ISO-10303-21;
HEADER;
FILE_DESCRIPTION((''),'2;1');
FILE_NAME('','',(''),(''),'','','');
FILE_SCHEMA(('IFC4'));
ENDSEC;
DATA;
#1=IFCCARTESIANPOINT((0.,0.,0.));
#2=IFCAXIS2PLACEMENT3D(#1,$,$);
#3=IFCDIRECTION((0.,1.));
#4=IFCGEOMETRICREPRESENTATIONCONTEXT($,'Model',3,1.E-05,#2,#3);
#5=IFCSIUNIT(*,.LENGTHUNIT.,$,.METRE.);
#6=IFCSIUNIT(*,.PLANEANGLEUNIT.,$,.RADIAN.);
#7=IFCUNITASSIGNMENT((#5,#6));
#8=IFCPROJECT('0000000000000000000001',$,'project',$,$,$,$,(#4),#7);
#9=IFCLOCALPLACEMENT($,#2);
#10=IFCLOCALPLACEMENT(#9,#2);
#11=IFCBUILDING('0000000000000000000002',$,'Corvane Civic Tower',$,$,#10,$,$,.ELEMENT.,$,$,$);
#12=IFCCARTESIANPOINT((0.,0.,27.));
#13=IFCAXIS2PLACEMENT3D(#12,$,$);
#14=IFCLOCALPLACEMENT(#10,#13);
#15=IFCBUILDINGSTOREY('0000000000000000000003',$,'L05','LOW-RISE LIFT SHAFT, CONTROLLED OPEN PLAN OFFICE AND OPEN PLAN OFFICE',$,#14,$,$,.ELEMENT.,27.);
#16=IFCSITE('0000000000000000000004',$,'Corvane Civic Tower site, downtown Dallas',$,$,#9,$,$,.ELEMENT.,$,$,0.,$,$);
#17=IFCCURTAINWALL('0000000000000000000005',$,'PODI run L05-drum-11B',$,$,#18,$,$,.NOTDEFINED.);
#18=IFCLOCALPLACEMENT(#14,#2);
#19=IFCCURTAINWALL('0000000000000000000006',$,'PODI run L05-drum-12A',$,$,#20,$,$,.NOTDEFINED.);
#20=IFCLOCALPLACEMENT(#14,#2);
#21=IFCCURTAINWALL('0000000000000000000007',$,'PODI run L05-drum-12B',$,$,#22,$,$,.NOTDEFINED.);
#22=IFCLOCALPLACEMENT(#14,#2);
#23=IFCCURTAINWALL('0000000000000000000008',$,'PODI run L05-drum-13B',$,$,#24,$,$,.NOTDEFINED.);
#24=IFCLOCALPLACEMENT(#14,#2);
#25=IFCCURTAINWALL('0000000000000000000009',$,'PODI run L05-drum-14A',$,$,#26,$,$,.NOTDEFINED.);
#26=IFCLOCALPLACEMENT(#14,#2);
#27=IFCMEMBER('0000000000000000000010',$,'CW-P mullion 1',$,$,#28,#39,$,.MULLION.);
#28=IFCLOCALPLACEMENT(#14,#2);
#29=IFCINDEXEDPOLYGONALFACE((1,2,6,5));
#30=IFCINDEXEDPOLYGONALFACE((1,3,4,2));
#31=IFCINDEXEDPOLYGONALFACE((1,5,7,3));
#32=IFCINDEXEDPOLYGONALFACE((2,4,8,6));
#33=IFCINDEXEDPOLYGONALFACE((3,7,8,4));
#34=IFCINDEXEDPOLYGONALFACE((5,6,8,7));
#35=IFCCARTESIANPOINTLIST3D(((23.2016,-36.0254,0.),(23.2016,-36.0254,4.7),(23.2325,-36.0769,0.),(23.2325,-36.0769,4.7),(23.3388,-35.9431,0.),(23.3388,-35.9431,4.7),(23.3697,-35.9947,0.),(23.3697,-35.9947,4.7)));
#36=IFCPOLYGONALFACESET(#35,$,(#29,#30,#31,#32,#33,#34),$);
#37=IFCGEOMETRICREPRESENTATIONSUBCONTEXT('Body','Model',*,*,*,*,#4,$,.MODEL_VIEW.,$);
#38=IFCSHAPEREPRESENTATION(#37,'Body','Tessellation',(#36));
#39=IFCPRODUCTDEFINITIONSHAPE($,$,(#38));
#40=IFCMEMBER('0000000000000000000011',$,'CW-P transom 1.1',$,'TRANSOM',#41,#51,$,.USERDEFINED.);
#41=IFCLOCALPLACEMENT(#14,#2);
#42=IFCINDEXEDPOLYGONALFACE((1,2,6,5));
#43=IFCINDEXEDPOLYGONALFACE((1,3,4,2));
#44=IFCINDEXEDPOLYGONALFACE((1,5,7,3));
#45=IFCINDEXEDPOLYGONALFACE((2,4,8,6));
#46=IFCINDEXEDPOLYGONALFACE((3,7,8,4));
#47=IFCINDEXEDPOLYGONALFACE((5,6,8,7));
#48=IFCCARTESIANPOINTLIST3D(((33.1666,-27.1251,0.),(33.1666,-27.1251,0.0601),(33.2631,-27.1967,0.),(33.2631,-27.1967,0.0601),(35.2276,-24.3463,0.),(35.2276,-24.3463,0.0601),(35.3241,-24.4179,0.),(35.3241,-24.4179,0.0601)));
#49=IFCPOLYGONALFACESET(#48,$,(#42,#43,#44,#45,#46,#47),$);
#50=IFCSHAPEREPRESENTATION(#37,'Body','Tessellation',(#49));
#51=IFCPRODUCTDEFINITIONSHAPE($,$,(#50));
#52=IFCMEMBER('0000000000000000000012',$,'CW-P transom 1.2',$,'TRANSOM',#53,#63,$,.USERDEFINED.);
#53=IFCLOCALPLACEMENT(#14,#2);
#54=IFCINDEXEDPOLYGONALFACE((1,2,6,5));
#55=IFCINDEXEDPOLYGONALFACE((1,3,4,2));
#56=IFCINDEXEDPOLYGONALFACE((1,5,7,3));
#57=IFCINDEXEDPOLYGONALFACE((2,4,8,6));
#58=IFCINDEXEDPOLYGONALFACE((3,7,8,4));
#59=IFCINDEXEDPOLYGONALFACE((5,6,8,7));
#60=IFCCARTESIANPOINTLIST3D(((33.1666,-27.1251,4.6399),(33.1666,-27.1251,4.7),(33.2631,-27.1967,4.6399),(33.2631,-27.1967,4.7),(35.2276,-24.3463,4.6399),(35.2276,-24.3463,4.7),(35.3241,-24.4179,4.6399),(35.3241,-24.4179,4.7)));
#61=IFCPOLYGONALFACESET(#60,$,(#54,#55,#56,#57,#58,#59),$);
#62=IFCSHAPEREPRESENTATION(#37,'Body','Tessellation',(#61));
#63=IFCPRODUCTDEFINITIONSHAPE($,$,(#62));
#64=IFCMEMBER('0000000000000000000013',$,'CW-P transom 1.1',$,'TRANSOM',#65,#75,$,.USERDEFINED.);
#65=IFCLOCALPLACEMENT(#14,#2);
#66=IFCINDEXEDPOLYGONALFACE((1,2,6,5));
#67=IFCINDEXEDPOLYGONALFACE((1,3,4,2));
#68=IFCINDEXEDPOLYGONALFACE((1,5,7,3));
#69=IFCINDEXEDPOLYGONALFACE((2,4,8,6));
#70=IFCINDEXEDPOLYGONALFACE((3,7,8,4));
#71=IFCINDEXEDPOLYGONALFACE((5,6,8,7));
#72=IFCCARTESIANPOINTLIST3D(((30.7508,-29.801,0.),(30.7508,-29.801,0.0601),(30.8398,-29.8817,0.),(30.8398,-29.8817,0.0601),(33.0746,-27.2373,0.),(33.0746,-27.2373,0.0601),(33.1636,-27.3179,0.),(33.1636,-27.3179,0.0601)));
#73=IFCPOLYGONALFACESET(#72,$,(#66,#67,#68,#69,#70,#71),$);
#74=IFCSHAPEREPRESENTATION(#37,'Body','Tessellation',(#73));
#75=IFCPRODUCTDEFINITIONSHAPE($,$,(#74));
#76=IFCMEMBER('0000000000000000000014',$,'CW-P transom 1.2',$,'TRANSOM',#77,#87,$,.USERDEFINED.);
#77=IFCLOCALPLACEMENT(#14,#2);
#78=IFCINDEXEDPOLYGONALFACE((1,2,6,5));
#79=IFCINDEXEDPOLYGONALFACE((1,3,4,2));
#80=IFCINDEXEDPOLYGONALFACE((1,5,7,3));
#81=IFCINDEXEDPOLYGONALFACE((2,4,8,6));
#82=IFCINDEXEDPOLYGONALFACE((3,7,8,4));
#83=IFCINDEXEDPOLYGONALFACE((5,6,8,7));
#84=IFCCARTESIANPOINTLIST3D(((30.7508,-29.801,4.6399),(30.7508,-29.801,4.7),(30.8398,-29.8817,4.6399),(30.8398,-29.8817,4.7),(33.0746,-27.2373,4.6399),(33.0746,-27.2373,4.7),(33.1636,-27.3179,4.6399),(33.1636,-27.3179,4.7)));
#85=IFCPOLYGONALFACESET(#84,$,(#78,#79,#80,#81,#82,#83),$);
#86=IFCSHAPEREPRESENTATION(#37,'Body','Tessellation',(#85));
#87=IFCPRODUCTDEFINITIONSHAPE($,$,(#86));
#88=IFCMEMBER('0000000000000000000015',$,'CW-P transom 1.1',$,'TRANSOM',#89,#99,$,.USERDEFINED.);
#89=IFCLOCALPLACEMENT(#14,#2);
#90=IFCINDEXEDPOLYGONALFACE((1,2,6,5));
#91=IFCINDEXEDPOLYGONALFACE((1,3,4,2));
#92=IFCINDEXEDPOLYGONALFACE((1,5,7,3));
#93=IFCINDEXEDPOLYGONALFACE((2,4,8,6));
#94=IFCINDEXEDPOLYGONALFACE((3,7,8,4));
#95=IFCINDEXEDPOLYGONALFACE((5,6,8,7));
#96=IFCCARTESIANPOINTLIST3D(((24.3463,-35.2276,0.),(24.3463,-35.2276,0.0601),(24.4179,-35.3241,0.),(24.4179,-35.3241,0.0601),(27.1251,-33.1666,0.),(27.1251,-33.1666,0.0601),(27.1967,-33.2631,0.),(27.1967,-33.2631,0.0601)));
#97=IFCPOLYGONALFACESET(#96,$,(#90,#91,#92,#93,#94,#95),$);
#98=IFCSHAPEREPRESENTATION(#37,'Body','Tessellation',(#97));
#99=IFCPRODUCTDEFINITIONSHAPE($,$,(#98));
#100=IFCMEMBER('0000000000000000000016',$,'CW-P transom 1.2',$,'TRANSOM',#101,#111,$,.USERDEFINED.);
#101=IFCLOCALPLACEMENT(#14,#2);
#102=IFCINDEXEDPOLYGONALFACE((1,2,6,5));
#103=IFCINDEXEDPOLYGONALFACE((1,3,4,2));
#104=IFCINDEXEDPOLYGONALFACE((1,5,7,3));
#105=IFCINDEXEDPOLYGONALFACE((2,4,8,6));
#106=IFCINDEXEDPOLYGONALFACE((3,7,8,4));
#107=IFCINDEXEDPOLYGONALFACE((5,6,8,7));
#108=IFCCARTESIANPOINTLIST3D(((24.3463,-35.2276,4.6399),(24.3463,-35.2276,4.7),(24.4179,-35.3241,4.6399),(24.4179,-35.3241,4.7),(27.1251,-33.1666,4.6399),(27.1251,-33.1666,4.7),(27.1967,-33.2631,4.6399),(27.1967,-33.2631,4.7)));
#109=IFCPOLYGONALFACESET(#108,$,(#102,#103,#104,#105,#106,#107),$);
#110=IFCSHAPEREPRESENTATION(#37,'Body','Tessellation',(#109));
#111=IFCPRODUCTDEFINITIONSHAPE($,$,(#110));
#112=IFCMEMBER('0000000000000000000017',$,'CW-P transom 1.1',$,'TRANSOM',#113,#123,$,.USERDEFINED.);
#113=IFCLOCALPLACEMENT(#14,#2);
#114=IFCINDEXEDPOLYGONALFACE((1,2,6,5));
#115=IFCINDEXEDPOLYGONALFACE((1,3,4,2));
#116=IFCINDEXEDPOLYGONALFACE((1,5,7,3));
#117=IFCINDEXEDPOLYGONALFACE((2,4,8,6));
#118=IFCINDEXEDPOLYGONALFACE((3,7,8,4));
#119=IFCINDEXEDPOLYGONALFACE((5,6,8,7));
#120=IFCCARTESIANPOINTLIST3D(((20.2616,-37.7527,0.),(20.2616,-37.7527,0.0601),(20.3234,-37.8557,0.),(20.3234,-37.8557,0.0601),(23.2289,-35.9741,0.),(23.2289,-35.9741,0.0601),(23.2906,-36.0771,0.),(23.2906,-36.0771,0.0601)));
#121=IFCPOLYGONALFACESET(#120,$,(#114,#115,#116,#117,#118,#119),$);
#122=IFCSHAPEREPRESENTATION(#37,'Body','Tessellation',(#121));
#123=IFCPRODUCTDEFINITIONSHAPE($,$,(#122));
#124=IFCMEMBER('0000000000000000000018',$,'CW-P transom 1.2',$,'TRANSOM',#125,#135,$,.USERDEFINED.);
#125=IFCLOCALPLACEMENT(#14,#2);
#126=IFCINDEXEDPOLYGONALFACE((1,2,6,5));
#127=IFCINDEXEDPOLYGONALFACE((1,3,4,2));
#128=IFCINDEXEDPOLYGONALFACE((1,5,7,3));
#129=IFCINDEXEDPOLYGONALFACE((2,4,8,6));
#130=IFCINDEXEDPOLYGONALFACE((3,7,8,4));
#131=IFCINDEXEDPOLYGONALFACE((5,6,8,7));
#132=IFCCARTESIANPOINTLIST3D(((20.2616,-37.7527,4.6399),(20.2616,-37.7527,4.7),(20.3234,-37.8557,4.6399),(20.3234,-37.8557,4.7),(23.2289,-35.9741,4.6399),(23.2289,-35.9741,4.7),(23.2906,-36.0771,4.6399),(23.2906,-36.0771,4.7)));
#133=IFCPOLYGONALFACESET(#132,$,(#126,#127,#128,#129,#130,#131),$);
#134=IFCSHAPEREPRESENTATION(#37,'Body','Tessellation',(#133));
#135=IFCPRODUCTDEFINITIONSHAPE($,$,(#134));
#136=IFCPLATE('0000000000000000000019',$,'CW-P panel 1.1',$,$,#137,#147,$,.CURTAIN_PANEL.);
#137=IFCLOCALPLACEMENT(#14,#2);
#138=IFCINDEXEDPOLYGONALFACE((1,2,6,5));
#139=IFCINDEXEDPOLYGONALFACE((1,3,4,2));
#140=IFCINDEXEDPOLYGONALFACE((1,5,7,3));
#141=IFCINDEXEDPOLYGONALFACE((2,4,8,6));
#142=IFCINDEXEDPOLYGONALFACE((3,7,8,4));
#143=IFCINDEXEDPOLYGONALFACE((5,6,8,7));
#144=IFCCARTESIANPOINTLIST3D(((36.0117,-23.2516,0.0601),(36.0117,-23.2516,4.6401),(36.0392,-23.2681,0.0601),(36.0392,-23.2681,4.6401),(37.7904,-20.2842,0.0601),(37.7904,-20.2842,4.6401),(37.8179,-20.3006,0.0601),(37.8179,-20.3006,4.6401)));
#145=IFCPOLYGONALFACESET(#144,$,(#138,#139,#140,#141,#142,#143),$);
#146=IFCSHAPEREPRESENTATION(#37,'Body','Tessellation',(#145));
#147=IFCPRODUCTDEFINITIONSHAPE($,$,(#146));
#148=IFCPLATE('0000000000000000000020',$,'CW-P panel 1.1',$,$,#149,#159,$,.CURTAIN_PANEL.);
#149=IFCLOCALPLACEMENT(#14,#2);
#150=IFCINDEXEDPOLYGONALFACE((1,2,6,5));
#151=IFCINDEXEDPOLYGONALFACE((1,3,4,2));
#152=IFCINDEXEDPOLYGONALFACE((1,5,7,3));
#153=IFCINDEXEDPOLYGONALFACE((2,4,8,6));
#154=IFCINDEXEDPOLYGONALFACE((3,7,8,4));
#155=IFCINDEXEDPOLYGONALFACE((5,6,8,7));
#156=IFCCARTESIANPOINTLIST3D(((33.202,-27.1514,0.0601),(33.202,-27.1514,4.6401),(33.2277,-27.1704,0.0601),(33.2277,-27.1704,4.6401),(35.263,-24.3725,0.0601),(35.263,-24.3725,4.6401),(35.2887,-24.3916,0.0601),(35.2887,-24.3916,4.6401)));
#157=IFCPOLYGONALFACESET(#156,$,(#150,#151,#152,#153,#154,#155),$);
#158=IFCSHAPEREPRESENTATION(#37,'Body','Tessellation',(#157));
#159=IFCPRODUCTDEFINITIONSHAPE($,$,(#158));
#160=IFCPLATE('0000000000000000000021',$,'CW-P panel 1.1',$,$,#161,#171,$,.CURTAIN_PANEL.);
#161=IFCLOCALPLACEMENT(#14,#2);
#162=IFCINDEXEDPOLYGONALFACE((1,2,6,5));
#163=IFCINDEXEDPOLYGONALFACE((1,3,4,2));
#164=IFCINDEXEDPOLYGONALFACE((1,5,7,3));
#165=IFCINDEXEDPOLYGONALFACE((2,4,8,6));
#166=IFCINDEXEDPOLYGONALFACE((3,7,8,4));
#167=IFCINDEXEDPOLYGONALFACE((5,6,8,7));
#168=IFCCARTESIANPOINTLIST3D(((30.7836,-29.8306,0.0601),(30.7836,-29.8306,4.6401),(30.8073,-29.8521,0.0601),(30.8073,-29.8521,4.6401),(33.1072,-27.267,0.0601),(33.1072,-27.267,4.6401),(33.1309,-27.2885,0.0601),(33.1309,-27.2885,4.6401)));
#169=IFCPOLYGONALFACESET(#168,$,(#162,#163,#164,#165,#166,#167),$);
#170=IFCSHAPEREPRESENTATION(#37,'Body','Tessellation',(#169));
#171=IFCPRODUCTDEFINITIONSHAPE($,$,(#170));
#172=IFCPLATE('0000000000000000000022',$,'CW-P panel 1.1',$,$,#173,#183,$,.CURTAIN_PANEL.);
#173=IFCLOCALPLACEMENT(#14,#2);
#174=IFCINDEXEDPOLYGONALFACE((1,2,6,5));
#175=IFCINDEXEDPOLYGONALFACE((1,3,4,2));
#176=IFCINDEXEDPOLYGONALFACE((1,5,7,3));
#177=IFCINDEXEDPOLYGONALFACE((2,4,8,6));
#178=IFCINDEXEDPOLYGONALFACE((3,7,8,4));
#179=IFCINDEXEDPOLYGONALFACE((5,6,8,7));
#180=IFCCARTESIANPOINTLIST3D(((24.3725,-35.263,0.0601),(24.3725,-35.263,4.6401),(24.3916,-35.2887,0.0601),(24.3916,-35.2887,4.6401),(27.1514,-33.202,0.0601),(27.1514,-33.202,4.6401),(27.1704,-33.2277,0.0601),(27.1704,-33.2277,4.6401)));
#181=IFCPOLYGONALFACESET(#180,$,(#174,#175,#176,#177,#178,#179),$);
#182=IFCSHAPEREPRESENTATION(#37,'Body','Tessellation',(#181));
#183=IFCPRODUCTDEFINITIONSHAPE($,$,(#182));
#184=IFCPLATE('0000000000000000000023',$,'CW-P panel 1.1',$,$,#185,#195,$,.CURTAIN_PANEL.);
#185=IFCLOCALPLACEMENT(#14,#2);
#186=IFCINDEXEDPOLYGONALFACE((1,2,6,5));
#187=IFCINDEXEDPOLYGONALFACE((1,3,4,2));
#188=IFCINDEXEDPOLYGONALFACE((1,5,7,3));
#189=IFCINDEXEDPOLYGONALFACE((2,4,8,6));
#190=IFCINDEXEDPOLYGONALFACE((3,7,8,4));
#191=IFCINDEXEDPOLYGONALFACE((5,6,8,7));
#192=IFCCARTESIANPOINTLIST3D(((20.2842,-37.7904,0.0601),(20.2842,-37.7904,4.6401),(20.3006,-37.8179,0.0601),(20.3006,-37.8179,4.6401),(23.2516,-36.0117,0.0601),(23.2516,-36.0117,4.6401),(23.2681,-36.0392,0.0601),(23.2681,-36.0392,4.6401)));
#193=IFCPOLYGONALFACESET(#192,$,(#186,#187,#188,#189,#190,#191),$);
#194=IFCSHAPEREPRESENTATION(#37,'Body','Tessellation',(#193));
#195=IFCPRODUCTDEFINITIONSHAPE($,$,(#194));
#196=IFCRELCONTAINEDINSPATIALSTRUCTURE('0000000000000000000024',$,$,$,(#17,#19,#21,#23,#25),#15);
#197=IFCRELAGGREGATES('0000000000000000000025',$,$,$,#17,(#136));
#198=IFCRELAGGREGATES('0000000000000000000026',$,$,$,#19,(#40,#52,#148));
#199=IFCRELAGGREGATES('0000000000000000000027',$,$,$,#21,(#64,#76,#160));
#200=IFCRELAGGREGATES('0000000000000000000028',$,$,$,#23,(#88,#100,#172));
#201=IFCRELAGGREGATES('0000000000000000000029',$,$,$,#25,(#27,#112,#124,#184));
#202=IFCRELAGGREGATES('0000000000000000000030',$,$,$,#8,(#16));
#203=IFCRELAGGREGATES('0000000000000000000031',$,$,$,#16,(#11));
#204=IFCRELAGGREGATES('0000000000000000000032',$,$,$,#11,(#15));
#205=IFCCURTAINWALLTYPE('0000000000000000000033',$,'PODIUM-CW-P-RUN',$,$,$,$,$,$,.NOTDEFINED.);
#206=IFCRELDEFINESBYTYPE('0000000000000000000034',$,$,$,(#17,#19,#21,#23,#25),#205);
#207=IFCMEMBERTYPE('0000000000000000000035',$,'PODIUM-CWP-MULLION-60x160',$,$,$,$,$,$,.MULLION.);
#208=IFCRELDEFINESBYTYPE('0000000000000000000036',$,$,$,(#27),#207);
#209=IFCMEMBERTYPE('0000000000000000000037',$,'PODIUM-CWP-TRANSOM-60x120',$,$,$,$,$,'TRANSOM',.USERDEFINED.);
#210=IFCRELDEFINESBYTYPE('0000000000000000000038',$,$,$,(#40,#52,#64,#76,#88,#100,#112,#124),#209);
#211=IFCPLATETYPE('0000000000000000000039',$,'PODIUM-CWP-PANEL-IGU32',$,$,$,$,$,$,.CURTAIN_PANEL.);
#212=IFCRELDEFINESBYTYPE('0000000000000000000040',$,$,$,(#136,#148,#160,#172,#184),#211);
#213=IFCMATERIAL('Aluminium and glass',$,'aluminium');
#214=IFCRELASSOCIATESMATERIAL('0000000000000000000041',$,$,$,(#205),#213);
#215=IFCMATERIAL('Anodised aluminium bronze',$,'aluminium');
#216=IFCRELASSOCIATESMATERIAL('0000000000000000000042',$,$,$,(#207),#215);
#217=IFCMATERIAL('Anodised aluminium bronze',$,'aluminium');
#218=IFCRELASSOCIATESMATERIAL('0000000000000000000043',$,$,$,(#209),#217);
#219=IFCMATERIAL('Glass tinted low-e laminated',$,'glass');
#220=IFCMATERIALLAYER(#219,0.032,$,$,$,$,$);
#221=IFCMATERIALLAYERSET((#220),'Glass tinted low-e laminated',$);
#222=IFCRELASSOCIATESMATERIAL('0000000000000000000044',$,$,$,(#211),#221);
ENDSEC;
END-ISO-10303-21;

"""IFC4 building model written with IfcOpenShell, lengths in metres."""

from ifc_helpers import new_model, si_unit, direction, frame, origin, origin_2d, place, context, subcontext, project, spatial, rectangle, extrude, material, layer, layer_set, material_profile, profile_set, type_object, element, aggregate, save


model = new_model("IFC4")

# Units and contexts
model_context = context("Model", 3, precision=1e-05, world=origin(), true_north=direction((0.0, 1.0)))
body_context = subcontext(model_context, "Body", "Model", "MODEL_VIEW")
ifc_project = project(units=[si_unit("LENGTHUNIT", "METRE"), si_unit("PLANEANGLEUNIT", "RADIAN")], contexts=[model_context])

# Site, building, storey
site_placement = place(None, origin())
site = spatial("IfcSite", under=ifc_project, at=site_placement, Name="Corvane Civic Tower site, downtown Dallas", CompositionType="ELEMENT", RefElevation=0.0)
building_placement = place(site_placement, origin())
building = spatial("IfcBuilding", under=site, at=building_placement, Name="Corvane Civic Tower", CompositionType="ELEMENT")
storey_placement = place(building_placement, frame((0.0, 0.0, 27.0)))
storey = spatial("IfcBuildingStorey", under=building, at=storey_placement, Name="L05", Description="LOW-RISE LIFT SHAFT, CONTROLLED OPEN PLAN OFFICE AND OPEN PLAN OFFICE", CompositionType="ELEMENT", Elevation=27.0)

# Curtain wall
ifc_material_1 = material(Name="Aluminium and glass", Category="aluminium")
curtain_wall_type = type_object("IfcCurtainWallType", Name="PODIUM-CW-P-RUN", PredefinedType="NOTDEFINED", material=ifc_material_1)
curtain_wall_1_placement = place(storey_placement, origin())
curtain_wall_1 = element("IfcCurtainWall", 1, at=curtain_wall_1_placement, inside=storey, type_object=curtain_wall_type, Name="PODI run L05-drum-11B", PredefinedType="NOTDEFINED")
ifc_material_2 = material(Name="Anodised aluminium bronze", Category="aluminium")
ifc_material_profile_1 = material_profile(ifc_material_2, rectangle(XDim=0.0601, YDim=0.1599, at=origin_2d()), Name="AL 60x160")
ifc_profile_set_1 = profile_set([ifc_material_profile_1], Name="Anodised aluminium bronze")
member_type_1 = type_object("IfcMemberType", Name="PODIUM-CWP-MULLION-60x160", PredefinedType="MULLION", material=ifc_profile_set_1)

# Curtain walls
curtain_wall_2_placement = place(storey_placement, origin())
curtain_wall_2 = element("IfcCurtainWall", 2, at=curtain_wall_2_placement, inside=storey, type_object=curtain_wall_type, Name="PODI run L05-drum-12A", PredefinedType="NOTDEFINED")
curtain_wall_3_placement = place(storey_placement, origin())
curtain_wall_3 = element("IfcCurtainWall", 3, at=curtain_wall_3_placement, inside=storey, type_object=curtain_wall_type, Name="PODI run L05-drum-12B", PredefinedType="NOTDEFINED")
curtain_wall_4_placement = place(storey_placement, origin())
curtain_wall_4 = element("IfcCurtainWall", 4, at=curtain_wall_4_placement, inside=storey, type_object=curtain_wall_type, Name="PODI run L05-drum-13B", PredefinedType="NOTDEFINED")

# Curtain wall, member
curtain_wall_5_placement = place(storey_placement, origin())
curtain_wall_5 = element("IfcCurtainWall", 5, at=curtain_wall_5_placement, inside=storey, type_object=curtain_wall_type, Name="PODI run L05-drum-14A", PredefinedType="NOTDEFINED")
member_1_placement = place(storey_placement, frame((23.2856, -36.01, 0.0), z_axis=(0.0, 0.0, 1.0), x_axis=(0.514118, -0.85772, 0.0)))
member_1 = element("IfcMember", 6, at=member_1_placement, type_object=member_type_1, Name="CW-P mullion 1", PredefinedType="MULLION", context=body_context, shape_type="SweptSolid", body=[
    extrude(rectangle(XDim=0.0601, YDim=0.1599, at=origin_2d()), origin(), (0.0, 0.0, 1.0), 4.7),
])

# Members
ifc_material_3 = material(Name="Anodised aluminium bronze", Category="aluminium")
ifc_material_profile_2 = material_profile(ifc_material_3, rectangle(XDim=0.1201, YDim=0.0601, at=origin_2d()), Name="AL 120x60")
ifc_profile_set_2 = profile_set([ifc_material_profile_2], Name="Anodised aluminium bronze")
member_type_2 = type_object("IfcMemberType", Name="PODIUM-CWP-TRANSOM-60x120", ElementType="TRANSOM", PredefinedType="USERDEFINED", material=ifc_profile_set_2)
member_2_placement = place(storey_placement, frame((35.2759, -24.3821, 0.03), z_axis=(-0.595724, -0.80319, 0.0), x_axis=(0.80319, -0.595724, 0.0)))
member_2 = element("IfcMember", 7, at=member_2_placement, type_object=member_type_2, Name="CW-P transom 1.1", ObjectType="TRANSOM", PredefinedType="USERDEFINED", context=body_context, shape_type="SweptSolid", body=[
    extrude(rectangle(XDim=0.1201, YDim=0.0601, at=origin_2d()), origin(), (0.0, 0.0, 1.0), 3.4597),
])
member_3_placement = place(storey_placement, frame((35.2759, -24.3821, 4.6699), z_axis=(-0.595724, -0.80319, 0.0), x_axis=(0.80319, -0.595724, 0.0)))
member_3 = element("IfcMember", 8, at=member_3_placement, type_object=member_type_2, Name="CW-P transom 1.2", ObjectType="TRANSOM", PredefinedType="USERDEFINED", context=body_context, shape_type="SweptSolid", body=[
    extrude(rectangle(XDim=0.1201, YDim=0.0601, at=origin_2d()), origin(), (0.0, 0.0, 1.0), 3.4597),
])
member_4_placement = place(storey_placement, frame((33.1191, -27.2776, 0.03), z_axis=(-0.671576, -0.740935, 0.0), x_axis=(0.740935, -0.671576, 0.0)))
member_4 = element("IfcMember", 9, at=member_4_placement, type_object=member_type_2, Name="CW-P transom 1.1", ObjectType="TRANSOM", PredefinedType="USERDEFINED", context=body_context, shape_type="SweptSolid", body=[
    extrude(rectangle(XDim=0.1201, YDim=0.0601, at=origin_2d()), origin(), (0.0, 0.0, 1.0), 3.4602),
])
member_5_placement = place(storey_placement, frame((33.1191, -27.2776, 4.6699), z_axis=(-0.671576, -0.740935, 0.0), x_axis=(0.740935, -0.671576, 0.0)))
member_5 = element("IfcMember", 10, at=member_5_placement, type_object=member_type_2, Name="CW-P transom 1.2", ObjectType="TRANSOM", PredefinedType="USERDEFINED", context=body_context, shape_type="SweptSolid", body=[
    extrude(rectangle(XDim=0.1201, YDim=0.0601, at=origin_2d()), origin(), (0.0, 0.0, 1.0), 3.4602),
])
member_6_placement = place(storey_placement, frame((27.1609, -33.2148, 0.03), z_axis=(-0.80319, -0.595724, 0.0), x_axis=(0.595724, -0.80319, 0.0)))
member_6 = element("IfcMember", 11, at=member_6_placement, type_object=member_type_2, Name="CW-P transom 1.1", ObjectType="TRANSOM", PredefinedType="USERDEFINED", context=body_context, shape_type="SweptSolid", body=[
    extrude(rectangle(XDim=0.1201, YDim=0.0601, at=origin_2d()), origin(), (0.0, 0.0, 1.0), 3.4597),
])
member_7_placement = place(storey_placement, frame((27.1609, -33.2148, 4.6699), z_axis=(-0.80319, -0.595724, 0.0), x_axis=(0.595724, -0.80319, 0.0)))
member_7 = element("IfcMember", 12, at=member_7_placement, type_object=member_type_2, Name="CW-P transom 1.2", ObjectType="TRANSOM", PredefinedType="USERDEFINED", context=body_context, shape_type="SweptSolid", body=[
    extrude(rectangle(XDim=0.1201, YDim=0.0601, at=origin_2d()), origin(), (0.0, 0.0, 1.0), 3.4597),
])
member_8_placement = place(storey_placement, frame((23.2598, -36.0256, 0.03), z_axis=(-0.857723, -0.514112, 0.0), x_axis=(0.514112, -0.857723, 0.0)))
member_8 = element("IfcMember", 13, at=member_8_placement, type_object=member_type_2, Name="CW-P transom 1.1", ObjectType="TRANSOM", PredefinedType="USERDEFINED", context=body_context, shape_type="SweptSolid", body=[
    extrude(rectangle(XDim=0.1201, YDim=0.0601, at=origin_2d()), origin(), (0.0, 0.0, 1.0), 3.4595),
])
member_9_placement = place(storey_placement, frame((23.2598, -36.0256, 4.6699), z_axis=(-0.857723, -0.514112, 0.0), x_axis=(0.514112, -0.857723, 0.0)))
member_9 = element("IfcMember", 14, at=member_9_placement, type_object=member_type_2, Name="CW-P transom 1.2", ObjectType="TRANSOM", PredefinedType="USERDEFINED", context=body_context, shape_type="SweptSolid", body=[
    extrude(rectangle(XDim=0.1201, YDim=0.0601, at=origin_2d()), origin(), (0.0, 0.0, 1.0), 3.4595),
])

# Plates
ifc_material_4 = material(Name="Glass tinted low-e laminated", Category="glass")
ifc_layer_1 = layer(ifc_material_4, 0.032)
ifc_layer_set_1 = layer_set([ifc_layer_1], Name="Glass tinted low-e laminated")
plate_type = type_object("IfcPlateType", Name="PODIUM-CWP-PANEL-IGU32", PredefinedType="CURTAIN_PANEL", material=ifc_layer_set_1)
plate_1_placement = place(storey_placement, frame((36.9148, -21.7761, 0.0601), z_axis=(0.0, 0.0, 1.0), x_axis=(-0.514118, -0.85772, 0.0)))
plate_1 = element("IfcPlate", 15, at=plate_1_placement, type_object=plate_type, Name="CW-P panel 1.1", PredefinedType="CURTAIN_PANEL", context=body_context, shape_type="SweptSolid", body=[
    extrude(rectangle(XDim=3.4597, YDim=0.032, at=origin_2d()), origin(), (0.0, 0.0, 1.0), 4.5801),
])
aggregate(curtain_wall_1, [plate_1])
plate_2_placement = place(storey_placement, frame((34.2454, -25.7715, 0.0601), z_axis=(0.0, 0.0, 1.0), x_axis=(-0.595705, -0.803203, 0.0)))
plate_2 = element("IfcPlate", 16, at=plate_2_placement, type_object=plate_type, Name="CW-P panel 1.1", PredefinedType="CURTAIN_PANEL", context=body_context, shape_type="SweptSolid", body=[
    extrude(rectangle(XDim=3.4597, YDim=0.032, at=origin_2d()), origin(), (0.0, 0.0, 1.0), 4.5801),
])
aggregate(curtain_wall_2, [member_2, member_3, plate_2])
plate_3_placement = place(storey_placement, frame((31.9573, -28.5596, 0.0601), z_axis=(0.0, 0.0, 1.0), x_axis=(-0.671576, -0.740935, 0.0)))
plate_3 = element("IfcPlate", 17, at=plate_3_placement, type_object=plate_type, Name="CW-P panel 1.1", PredefinedType="CURTAIN_PANEL", context=body_context, shape_type="SweptSolid", body=[
    extrude(rectangle(XDim=3.46, YDim=0.032, at=origin_2d()), origin(), (0.0, 0.0, 1.0), 4.5801),
])
aggregate(curtain_wall_3, [member_4, member_5, plate_3])
plate_4_placement = place(storey_placement, frame((25.7715, -34.2454, 0.0601), z_axis=(0.0, 0.0, 1.0), x_axis=(-0.803203, -0.595705, 0.0)))
plate_4 = element("IfcPlate", 18, at=plate_4_placement, type_object=plate_type, Name="CW-P panel 1.1", PredefinedType="CURTAIN_PANEL", context=body_context, shape_type="SweptSolid", body=[
    extrude(rectangle(XDim=3.4597, YDim=0.032, at=origin_2d()), origin(), (0.0, 0.0, 1.0), 4.5801),
])
aggregate(curtain_wall_4, [member_6, member_7, plate_4])
plate_5_placement = place(storey_placement, frame((21.7761, -36.9148, 0.0601), z_axis=(0.0, 0.0, 1.0), x_axis=(-0.85772, -0.514118, 0.0)))
plate_5 = element("IfcPlate", 19, at=plate_5_placement, type_object=plate_type, Name="CW-P panel 1.1", PredefinedType="CURTAIN_PANEL", context=body_context, shape_type="SweptSolid", body=[
    extrude(rectangle(XDim=3.4597, YDim=0.032, at=origin_2d()), origin(), (0.0, 0.0, 1.0), 4.5801),
])
aggregate(curtain_wall_5, [member_1, member_8, member_9, plate_5])

save(model, "model.ifc")
